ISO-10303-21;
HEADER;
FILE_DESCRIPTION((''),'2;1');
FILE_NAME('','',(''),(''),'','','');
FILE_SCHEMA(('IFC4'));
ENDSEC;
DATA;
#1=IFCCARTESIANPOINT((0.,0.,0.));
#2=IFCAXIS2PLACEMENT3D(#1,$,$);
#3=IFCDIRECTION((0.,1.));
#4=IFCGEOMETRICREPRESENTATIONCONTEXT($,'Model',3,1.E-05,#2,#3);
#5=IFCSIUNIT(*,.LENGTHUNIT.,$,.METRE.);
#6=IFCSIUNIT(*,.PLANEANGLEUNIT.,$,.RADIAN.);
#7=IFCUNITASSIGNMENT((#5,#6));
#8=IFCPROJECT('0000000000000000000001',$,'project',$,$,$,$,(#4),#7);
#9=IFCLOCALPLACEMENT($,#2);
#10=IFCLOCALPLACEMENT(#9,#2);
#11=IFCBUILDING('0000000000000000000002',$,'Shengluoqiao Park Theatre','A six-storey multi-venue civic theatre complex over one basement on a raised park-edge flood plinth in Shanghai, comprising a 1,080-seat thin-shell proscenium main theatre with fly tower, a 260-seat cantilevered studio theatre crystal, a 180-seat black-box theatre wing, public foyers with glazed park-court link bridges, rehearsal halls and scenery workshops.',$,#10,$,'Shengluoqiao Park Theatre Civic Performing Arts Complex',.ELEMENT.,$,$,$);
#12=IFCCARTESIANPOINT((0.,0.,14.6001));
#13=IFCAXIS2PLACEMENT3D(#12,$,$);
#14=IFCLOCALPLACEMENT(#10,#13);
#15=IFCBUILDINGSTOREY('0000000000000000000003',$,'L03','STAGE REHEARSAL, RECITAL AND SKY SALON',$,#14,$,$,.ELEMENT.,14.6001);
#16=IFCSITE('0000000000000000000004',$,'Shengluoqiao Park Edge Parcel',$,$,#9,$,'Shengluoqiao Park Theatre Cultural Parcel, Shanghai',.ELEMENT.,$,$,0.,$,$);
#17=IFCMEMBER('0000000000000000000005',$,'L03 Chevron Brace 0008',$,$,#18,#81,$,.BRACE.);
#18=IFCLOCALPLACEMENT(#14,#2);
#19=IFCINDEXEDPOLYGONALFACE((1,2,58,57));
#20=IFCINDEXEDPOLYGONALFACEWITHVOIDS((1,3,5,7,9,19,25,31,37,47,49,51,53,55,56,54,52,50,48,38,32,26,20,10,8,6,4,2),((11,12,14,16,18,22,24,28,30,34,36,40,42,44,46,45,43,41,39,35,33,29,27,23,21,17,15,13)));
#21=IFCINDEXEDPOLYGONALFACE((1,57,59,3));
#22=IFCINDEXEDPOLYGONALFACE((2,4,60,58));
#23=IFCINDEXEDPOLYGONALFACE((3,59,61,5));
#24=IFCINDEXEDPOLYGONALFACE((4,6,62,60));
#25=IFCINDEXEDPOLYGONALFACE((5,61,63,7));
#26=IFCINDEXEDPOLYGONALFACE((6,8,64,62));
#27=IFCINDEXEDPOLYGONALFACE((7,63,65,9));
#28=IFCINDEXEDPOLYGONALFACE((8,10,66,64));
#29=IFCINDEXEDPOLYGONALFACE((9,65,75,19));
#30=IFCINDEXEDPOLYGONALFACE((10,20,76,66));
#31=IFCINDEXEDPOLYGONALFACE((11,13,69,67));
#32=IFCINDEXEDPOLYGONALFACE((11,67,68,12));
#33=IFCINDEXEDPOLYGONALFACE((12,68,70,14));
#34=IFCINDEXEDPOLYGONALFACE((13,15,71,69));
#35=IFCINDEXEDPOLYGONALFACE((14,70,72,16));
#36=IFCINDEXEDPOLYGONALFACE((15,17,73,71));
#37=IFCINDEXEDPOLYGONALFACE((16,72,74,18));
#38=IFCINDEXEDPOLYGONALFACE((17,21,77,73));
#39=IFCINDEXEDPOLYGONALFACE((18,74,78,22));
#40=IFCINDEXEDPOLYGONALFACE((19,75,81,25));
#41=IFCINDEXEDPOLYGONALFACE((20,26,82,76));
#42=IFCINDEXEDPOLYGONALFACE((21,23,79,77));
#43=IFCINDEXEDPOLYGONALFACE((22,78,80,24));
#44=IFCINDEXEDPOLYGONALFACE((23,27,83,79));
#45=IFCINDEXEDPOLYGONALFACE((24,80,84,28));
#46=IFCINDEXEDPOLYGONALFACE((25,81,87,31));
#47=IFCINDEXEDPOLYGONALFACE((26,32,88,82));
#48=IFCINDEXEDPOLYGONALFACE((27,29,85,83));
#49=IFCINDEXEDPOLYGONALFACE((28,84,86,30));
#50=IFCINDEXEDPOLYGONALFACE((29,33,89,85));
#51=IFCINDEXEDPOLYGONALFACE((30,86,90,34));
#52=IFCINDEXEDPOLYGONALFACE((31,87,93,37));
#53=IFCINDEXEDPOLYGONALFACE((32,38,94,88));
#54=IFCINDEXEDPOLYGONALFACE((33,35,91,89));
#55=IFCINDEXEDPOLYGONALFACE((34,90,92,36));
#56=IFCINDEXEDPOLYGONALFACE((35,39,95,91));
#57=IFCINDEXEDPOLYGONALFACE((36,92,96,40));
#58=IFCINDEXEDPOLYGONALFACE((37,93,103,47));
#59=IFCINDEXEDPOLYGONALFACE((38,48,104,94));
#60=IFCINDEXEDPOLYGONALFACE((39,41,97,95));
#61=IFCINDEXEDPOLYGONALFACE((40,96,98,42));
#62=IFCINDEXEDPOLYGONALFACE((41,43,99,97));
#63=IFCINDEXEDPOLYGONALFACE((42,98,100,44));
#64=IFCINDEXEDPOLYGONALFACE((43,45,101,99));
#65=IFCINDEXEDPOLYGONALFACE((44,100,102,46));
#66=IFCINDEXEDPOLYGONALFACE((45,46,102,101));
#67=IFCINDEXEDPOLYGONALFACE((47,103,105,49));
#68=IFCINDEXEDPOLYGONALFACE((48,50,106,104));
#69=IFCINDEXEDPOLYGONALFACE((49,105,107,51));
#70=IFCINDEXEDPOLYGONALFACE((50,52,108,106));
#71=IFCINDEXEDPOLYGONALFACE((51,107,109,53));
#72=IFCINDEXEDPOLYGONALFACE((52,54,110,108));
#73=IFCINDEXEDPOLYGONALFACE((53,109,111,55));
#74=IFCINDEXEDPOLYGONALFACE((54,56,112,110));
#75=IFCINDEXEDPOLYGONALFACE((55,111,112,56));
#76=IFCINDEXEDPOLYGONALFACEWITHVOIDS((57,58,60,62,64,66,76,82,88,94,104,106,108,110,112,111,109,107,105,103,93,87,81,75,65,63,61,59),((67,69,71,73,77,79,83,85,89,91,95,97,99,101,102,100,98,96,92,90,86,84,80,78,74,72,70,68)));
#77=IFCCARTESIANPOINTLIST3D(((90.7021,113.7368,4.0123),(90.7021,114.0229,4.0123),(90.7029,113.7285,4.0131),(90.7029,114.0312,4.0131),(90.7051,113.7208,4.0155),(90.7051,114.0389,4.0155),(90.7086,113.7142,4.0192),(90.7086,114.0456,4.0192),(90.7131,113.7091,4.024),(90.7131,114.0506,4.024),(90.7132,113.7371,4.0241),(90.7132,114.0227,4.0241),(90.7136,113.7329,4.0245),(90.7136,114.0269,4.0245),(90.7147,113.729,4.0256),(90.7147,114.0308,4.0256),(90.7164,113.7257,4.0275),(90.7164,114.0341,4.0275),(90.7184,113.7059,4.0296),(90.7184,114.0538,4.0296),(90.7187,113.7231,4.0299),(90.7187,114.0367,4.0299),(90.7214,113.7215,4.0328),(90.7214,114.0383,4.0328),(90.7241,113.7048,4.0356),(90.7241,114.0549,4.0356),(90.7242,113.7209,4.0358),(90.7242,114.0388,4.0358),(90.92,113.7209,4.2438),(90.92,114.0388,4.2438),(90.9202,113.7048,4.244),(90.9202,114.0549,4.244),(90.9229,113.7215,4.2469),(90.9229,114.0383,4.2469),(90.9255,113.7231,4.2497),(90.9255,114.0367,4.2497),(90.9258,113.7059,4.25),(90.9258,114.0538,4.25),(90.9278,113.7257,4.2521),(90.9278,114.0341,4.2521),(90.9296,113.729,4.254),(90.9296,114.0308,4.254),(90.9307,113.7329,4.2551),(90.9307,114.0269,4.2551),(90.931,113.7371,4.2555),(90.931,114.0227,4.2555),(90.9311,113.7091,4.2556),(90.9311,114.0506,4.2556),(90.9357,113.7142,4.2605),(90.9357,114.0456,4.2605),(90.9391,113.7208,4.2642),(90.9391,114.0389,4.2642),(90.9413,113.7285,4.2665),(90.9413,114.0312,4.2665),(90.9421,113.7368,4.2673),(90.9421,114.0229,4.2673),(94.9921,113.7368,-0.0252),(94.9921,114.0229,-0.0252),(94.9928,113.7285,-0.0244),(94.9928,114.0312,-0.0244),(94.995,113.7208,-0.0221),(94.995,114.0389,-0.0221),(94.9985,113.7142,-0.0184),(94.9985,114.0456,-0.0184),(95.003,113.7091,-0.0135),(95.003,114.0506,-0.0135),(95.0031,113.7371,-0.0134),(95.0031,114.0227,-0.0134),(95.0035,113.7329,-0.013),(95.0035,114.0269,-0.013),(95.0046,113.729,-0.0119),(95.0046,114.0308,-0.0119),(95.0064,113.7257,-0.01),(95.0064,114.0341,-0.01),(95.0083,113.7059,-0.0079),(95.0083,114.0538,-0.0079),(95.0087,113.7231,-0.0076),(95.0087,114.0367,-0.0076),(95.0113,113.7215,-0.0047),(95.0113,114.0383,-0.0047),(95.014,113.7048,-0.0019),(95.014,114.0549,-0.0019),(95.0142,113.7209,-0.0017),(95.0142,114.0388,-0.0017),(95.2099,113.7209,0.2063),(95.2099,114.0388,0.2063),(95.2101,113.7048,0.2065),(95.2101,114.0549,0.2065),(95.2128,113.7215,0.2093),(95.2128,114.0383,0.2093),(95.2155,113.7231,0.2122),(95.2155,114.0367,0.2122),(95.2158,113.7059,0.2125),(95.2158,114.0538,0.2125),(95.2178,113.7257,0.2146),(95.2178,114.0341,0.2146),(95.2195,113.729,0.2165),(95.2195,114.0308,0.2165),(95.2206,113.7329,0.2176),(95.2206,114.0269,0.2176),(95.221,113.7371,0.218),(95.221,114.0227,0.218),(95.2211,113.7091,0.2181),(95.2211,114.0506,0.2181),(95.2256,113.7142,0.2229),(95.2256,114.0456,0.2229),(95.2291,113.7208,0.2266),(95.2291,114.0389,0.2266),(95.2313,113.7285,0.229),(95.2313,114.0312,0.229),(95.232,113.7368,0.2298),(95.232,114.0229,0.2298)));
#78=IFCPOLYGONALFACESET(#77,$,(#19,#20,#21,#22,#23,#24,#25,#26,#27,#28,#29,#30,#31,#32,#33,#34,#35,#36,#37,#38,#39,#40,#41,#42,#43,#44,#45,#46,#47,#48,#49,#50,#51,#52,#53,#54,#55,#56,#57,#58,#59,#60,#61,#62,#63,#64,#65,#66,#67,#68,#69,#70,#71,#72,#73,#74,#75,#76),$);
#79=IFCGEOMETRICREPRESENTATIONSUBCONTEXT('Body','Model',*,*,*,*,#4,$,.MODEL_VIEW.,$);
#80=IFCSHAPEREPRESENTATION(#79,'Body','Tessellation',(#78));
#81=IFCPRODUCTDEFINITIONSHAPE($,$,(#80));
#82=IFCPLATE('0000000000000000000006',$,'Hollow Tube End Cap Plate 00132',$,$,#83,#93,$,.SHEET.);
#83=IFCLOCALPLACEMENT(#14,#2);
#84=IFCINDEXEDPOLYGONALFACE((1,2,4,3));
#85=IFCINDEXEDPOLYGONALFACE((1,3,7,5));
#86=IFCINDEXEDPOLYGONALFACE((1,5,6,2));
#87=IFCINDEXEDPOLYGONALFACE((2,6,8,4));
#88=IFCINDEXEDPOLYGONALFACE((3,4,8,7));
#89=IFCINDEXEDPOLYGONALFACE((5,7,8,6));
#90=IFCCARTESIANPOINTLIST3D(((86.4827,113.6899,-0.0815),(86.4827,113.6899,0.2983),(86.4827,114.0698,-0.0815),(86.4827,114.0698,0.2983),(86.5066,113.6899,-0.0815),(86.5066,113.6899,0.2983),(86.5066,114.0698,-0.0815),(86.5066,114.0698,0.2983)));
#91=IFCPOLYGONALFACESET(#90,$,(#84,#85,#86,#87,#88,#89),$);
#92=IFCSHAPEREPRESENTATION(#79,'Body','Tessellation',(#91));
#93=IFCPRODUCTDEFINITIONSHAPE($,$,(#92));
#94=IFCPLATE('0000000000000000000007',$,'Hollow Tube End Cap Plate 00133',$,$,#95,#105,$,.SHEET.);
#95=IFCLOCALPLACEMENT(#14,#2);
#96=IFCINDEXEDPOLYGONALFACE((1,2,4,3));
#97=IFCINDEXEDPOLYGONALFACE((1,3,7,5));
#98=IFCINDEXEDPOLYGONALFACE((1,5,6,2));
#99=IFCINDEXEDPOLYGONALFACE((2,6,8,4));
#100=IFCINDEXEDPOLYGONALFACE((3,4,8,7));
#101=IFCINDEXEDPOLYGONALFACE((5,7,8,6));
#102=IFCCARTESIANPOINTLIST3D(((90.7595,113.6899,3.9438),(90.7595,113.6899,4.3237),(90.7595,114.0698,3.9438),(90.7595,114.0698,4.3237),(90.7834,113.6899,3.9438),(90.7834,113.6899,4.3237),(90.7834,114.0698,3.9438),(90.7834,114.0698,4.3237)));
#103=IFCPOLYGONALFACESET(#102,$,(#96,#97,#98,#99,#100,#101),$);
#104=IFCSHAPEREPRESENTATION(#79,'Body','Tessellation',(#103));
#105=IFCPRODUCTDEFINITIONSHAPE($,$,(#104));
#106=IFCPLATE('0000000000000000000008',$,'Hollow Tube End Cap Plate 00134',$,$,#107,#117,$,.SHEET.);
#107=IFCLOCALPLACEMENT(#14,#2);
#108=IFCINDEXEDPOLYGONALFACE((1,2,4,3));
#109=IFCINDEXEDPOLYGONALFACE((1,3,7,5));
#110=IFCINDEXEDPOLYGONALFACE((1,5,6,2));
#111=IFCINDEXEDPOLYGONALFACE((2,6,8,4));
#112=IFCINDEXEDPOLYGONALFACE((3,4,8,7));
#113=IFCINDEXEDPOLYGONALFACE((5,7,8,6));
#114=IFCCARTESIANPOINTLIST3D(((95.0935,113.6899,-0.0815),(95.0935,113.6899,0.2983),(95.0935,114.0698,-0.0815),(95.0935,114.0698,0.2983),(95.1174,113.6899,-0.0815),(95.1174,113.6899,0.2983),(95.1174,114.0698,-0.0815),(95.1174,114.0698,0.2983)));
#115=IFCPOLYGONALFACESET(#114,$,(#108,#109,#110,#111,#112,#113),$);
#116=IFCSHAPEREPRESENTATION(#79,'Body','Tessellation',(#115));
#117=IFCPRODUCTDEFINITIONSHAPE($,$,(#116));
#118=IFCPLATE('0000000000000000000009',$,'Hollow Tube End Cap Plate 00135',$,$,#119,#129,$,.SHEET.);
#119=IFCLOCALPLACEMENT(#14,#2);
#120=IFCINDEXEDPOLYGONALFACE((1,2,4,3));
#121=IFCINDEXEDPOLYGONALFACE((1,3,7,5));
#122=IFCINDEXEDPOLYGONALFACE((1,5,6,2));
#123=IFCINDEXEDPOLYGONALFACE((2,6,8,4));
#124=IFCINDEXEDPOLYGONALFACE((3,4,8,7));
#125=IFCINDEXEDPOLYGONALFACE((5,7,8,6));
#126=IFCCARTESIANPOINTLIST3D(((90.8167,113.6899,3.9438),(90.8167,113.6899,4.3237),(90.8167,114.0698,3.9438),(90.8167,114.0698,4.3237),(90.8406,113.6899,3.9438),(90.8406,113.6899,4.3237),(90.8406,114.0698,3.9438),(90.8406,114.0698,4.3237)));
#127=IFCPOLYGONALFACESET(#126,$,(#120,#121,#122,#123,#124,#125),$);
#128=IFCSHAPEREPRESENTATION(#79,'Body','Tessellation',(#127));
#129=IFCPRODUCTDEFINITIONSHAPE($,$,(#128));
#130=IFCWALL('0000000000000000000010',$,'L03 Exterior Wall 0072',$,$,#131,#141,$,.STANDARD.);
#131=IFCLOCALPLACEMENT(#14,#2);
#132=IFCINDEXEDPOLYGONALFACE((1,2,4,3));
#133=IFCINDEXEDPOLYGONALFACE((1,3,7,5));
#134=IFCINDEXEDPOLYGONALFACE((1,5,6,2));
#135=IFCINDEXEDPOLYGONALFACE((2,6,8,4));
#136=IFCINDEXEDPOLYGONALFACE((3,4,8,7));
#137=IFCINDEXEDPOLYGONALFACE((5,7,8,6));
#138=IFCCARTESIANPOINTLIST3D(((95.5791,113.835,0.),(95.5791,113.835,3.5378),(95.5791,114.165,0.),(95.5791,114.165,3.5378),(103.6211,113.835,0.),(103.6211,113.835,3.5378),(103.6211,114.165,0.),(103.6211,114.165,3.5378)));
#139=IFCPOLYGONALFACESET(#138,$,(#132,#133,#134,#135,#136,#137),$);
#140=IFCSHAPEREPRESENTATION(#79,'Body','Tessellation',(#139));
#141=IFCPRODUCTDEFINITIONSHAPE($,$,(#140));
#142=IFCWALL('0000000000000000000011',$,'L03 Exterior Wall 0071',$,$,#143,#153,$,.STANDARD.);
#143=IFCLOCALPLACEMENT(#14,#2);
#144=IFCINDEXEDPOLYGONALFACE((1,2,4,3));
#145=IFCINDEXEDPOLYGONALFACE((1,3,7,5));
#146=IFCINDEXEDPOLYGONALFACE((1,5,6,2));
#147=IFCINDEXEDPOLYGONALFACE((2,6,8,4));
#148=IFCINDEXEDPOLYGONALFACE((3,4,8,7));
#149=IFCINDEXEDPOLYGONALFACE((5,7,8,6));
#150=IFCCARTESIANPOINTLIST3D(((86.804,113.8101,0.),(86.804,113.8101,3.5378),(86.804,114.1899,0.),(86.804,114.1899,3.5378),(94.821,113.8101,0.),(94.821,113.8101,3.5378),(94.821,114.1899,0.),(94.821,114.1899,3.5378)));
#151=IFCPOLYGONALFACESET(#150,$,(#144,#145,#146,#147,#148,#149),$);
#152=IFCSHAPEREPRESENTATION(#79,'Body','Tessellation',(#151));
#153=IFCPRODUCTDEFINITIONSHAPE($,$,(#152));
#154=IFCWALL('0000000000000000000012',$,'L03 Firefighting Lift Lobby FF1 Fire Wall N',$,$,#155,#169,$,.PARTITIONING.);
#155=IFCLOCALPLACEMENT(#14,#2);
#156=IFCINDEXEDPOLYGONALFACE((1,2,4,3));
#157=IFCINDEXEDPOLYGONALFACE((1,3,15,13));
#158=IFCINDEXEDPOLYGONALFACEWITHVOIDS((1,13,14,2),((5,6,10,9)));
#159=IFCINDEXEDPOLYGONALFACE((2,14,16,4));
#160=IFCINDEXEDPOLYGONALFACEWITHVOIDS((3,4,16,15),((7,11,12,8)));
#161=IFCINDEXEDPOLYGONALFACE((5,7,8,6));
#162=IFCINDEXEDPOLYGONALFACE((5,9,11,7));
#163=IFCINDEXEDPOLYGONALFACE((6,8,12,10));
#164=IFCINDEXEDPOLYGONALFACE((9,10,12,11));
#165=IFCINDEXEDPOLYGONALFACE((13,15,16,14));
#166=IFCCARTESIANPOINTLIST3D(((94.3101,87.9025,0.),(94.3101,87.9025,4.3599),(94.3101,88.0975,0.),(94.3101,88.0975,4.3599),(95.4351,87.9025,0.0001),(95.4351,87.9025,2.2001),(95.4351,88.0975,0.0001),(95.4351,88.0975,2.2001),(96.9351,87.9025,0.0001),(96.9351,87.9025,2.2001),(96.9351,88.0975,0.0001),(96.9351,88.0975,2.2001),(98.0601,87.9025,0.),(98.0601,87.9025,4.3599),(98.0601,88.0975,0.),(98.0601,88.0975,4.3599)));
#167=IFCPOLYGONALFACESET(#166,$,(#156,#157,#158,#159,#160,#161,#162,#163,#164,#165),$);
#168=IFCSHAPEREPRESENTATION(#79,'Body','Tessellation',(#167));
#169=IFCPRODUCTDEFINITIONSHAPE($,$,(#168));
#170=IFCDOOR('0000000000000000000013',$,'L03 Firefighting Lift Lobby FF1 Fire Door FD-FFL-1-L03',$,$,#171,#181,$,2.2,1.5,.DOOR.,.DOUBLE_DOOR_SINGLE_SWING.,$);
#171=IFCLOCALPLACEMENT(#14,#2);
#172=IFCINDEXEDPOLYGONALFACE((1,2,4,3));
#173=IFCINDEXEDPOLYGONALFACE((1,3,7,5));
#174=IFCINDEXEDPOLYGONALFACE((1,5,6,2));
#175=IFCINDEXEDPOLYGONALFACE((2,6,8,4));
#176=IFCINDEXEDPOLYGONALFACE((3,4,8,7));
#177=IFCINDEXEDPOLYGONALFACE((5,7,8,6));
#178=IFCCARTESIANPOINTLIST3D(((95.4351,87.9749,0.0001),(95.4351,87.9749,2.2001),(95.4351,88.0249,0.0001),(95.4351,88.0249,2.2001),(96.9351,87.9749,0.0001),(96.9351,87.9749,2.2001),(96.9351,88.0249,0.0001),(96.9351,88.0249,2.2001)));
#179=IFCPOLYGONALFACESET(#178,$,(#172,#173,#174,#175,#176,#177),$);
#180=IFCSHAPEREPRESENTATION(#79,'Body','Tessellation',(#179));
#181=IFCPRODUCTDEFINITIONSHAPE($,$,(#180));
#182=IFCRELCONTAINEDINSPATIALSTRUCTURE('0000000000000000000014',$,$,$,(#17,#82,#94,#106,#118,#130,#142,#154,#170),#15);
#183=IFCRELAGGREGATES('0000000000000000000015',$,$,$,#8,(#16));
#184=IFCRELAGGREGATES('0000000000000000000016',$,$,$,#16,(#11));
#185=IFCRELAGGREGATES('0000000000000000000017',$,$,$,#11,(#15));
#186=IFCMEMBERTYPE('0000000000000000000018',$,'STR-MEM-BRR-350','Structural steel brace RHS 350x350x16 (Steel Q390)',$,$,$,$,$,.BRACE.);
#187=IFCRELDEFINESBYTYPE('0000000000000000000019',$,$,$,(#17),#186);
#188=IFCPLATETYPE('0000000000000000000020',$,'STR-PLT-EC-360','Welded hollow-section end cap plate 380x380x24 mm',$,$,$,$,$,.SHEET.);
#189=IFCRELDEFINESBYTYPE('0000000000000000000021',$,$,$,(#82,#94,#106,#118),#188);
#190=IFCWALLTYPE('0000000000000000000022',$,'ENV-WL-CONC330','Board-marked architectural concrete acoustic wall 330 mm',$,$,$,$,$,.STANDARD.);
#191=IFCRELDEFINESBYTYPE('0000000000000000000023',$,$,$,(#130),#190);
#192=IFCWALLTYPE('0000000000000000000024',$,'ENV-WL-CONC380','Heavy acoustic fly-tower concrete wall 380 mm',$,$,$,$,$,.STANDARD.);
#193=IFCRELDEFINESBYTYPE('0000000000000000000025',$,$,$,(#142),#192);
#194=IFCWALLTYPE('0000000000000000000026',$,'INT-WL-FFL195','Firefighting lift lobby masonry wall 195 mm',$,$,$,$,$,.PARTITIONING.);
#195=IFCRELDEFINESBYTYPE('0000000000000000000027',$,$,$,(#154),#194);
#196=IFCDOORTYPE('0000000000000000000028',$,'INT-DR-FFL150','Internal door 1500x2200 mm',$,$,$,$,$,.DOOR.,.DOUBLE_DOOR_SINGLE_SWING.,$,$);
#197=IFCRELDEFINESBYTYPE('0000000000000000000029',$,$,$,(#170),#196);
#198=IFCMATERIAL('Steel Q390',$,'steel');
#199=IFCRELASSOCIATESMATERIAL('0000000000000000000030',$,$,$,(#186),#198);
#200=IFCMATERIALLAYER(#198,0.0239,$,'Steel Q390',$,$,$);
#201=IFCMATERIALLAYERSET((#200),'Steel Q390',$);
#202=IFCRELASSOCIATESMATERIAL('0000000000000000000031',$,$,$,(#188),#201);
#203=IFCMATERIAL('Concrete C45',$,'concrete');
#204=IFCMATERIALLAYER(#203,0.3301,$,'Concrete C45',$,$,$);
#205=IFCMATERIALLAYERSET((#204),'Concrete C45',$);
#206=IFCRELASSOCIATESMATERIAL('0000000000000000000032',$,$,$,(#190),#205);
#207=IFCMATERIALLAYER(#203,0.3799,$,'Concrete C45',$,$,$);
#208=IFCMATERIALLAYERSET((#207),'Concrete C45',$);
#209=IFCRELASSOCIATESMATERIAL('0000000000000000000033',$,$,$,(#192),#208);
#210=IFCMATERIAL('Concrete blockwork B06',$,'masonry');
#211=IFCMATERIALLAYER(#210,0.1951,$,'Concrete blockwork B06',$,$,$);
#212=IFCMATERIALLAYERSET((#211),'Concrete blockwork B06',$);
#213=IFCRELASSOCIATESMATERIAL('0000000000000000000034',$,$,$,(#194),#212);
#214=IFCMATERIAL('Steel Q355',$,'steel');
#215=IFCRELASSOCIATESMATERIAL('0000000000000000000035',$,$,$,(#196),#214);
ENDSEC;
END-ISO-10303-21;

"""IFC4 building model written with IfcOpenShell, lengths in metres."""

from ifc_helpers import new_model, si_unit, direction, frame, frame_2d, origin, origin_2d, place, context, subcontext, project, spatial, rectangle, hollow_rectangle, extrude, material, layer, layer_set, material_profile, profile_set, type_object, element, fill, save


model = new_model("IFC4")

# Units and contexts
model_context = context("Model", 3, precision=1e-05, world=origin(), true_north=direction((0.0, 1.0)))
body_context = subcontext(model_context, "Body", "Model", "MODEL_VIEW")
ifc_project = project(units=[si_unit("LENGTHUNIT", "METRE"), si_unit("PLANEANGLEUNIT", "RADIAN")], contexts=[model_context])

# Site, building, storey
site_placement = place(None, origin())
site = spatial("IfcSite", under=ifc_project, at=site_placement, Name="Shengluoqiao Park Edge Parcel", LongName="Shengluoqiao Park Theatre Cultural Parcel, Shanghai", CompositionType="ELEMENT", RefElevation=0.0)
building_placement = place(site_placement, origin())
building = spatial("IfcBuilding", under=site, at=building_placement, Name="Shengluoqiao Park Theatre", Description="A six-storey multi-venue civic theatre complex over one basement on a raised park-edge flood plinth in Shanghai, comprising a 1,080-seat thin-shell proscenium main theatre with fly tower, a 260-seat cantilevered studio theatre crystal, a 180-seat black-box theatre wing, public foyers with glazed park-court link bridges, rehearsal halls and scenery workshops.", LongName="Shengluoqiao Park Theatre Civic Performing Arts Complex", CompositionType="ELEMENT")
storey_placement = place(building_placement, frame((0.0, 0.0, 14.6001)))
storey = spatial("IfcBuildingStorey", under=building, at=storey_placement, Name="L03", Description="STAGE REHEARSAL, RECITAL AND SKY SALON", CompositionType="ELEMENT", Elevation=14.6001)

# Shared definitions
ifc_material_1 = material(Name="Steel Q355", Category="steel")
ifc_material_2 = material(Name="Steel Q390", Category="steel")

# Member
ifc_material_profile_1 = material_profile(ifc_material_2, hollow_rectangle(XDim=0.3501, YDim=0.3501, WallThickness=0.0161, InnerFilletRadius=0.0161, OuterFilletRadius=0.032, at=origin_2d()), Name="RHS 350x350x16")
ifc_profile_set_1 = profile_set([ifc_material_profile_1], Name="Steel Q390")
member_type = type_object("IfcMemberType", Name="STR-MEM-BRR-350", Description="Structural steel brace RHS 350x350x16 (Steel Q390)", PredefinedType="BRACE", material=ifc_profile_set_1)
member_placement = place(storey_placement, frame((95.1121, 113.8799, 0.1023), z_axis=(-0.728207, 0.0, 0.685357), x_axis=(0.0, -1.0, 0.0)))
element("IfcMember", 1, at=member_placement, inside=storey, type_object=member_type, Name="L03 Chevron Brace 0008", PredefinedType="BRACE", context=body_context, shape_type="SweptSolid", body=[
    extrude(hollow_rectangle(XDim=0.3501, YDim=0.3501, WallThickness=0.0161, InnerFilletRadius=0.0161, OuterFilletRadius=0.032, at=origin_2d()), origin(), (0.0, 0.0, 1.0), 5.8911),
])

# Plates
ifc_layer_1 = layer(ifc_material_2, 0.0239, Name="Steel Q390")
ifc_layer_set_1 = layer_set([ifc_layer_1], Name="Steel Q390")
plate_type = type_object("IfcPlateType", Name="STR-PLT-EC-360", Description="Welded hollow-section end cap plate 380x380x24 mm", PredefinedType="SHEET", material=ifc_layer_set_1)
for number, where, z_axis, x_axis, name in (
    (2, (86.4946, 113.8799, -0.0815), (0.0, 0.0, 1.0), (1.0, 0.0, 0.0), "Hollow Tube End Cap Plate 00132"),
    (3, (90.7715, 113.8799, 3.9438), (0.0, 0.0, 1.0), (1.0, 0.0, 0.0), "Hollow Tube End Cap Plate 00133"),
    (4, (95.1055, 113.8799, -0.0815), (0.0, 0.0, 1.0), (-1.0, 0.0, 0.0), "Hollow Tube End Cap Plate 00134"),
    (5, (90.8286, 113.8799, 3.9438), (0.0, 0.0, 1.0), (-1.0, 0.0, 0.0), "Hollow Tube End Cap Plate 00135"),
):
    element("IfcPlate", number, at=place(storey_placement, frame(where, z_axis=z_axis, x_axis=x_axis)), inside=storey, type_object=plate_type, Name=name, PredefinedType="SHEET", context=body_context, shape_type="SweptSolid", body=[
        extrude(rectangle(XDim=0.0239, YDim=0.3799, at=origin_2d()), origin(), (0.0, 0.0, 1.0), 0.3799),
    ])

# Walls
ifc_material_3 = material(Name="Concrete C45", Category="concrete")
ifc_layer_2 = layer(ifc_material_3, 0.3301, Name="Concrete C45")
ifc_layer_set_2 = layer_set([ifc_layer_2], Name="Concrete C45")
wall_type_1 = type_object("IfcWallType", Name="ENV-WL-CONC330", Description="Board-marked architectural concrete acoustic wall 330 mm", PredefinedType="STANDARD", material=ifc_layer_set_2)
wall_1_placement = place(storey_placement, frame((95.5791, 114.0, 0.0), z_axis=(0.0, 0.0, 1.0), x_axis=(1.0, 0.0, 0.0)))
element("IfcWall", 6, at=wall_1_placement, inside=storey, type_object=wall_type_1, Name="L03 Exterior Wall 0072", PredefinedType="STANDARD", context=body_context, shape_type="SweptSolid", body=[
    extrude(rectangle(XDim=8.042, YDim=0.3301, at=frame_2d((4.021, 0.0))), origin(), (0.0, 0.0, 1.0), 3.5378),
])
ifc_layer_3 = layer(ifc_material_3, 0.3799, Name="Concrete C45")
ifc_layer_set_3 = layer_set([ifc_layer_3], Name="Concrete C45")
wall_type_2 = type_object("IfcWallType", Name="ENV-WL-CONC380", Description="Heavy acoustic fly-tower concrete wall 380 mm", PredefinedType="STANDARD", material=ifc_layer_set_3)
wall_2_placement = place(storey_placement, frame((86.804, 114.0, 0.0), z_axis=(0.0, 0.0, 1.0), x_axis=(1.0, 0.0, 0.0)))
element("IfcWall", 7, at=wall_2_placement, inside=storey, type_object=wall_type_2, Name="L03 Exterior Wall 0071", PredefinedType="STANDARD", context=body_context, shape_type="SweptSolid", body=[
    extrude(rectangle(XDim=8.0171, YDim=0.3799, at=frame_2d((4.0085, 0.0))), origin(), (0.0, 0.0, 1.0), 3.5378),
])

# Wall, opening, door
ifc_material_4 = material(Name="Concrete blockwork B06", Category="masonry")
ifc_layer_4 = layer(ifc_material_4, 0.1951, Name="Concrete blockwork B06")
ifc_layer_set_4 = layer_set([ifc_layer_4], Name="Concrete blockwork B06")
wall_type_3 = type_object("IfcWallType", Name="INT-WL-FFL195", Description="Firefighting lift lobby masonry wall 195 mm", PredefinedType="PARTITIONING", material=ifc_layer_set_4)
wall_3_placement = place(storey_placement, frame((94.3101, 88.0, 0.0), z_axis=(0.0, 0.0, 1.0), x_axis=(1.0, 0.0, 0.0)))
wall_3 = element("IfcWall", 8, at=wall_3_placement, inside=storey, type_object=wall_type_3, Name="L03 Firefighting Lift Lobby FF1 Fire Wall N", PredefinedType="PARTITIONING", context=body_context, shape_type="SweptSolid", body=[
    extrude(rectangle(XDim=3.75, YDim=0.1951, at=frame_2d((1.875, 0.0))), origin(), (0.0, 0.0, 1.0), 4.3599),
])
opening_placement = place(wall_3_placement, frame((1.125, 0.0, 0.0)))
opening = element("IfcOpeningElement", 9, at=opening_placement, cuts=wall_3, PredefinedType="OPENING", context=body_context, shape_type="SweptSolid", body=[
    extrude(rectangle(XDim=1.5, YDim=2.2, at=frame_2d((0.75, 1.1001))), frame((0.0, 0.1074, 0.0), z_axis=(0.0, -1.0, 0.0), x_axis=(1.0, 0.0, 0.0)), (0.0, 0.0, 1.0), 0.2151),
])
door_type = type_object("IfcDoorType", Name="INT-DR-FFL150", Description="Internal door 1500x2200 mm", OperationType="DOUBLE_DOOR_SINGLE_SWING", PredefinedType="DOOR", material=ifc_material_1)
door_placement = place(opening_placement, origin())
door = element("IfcDoor", 10, at=door_placement, inside=storey, type_object=door_type, Name="L03 Firefighting Lift Lobby FF1 Fire Door FD-FFL-1-L03", OperationType="DOUBLE_DOOR_SINGLE_SWING", OverallHeight=2.2, OverallWidth=1.5, PredefinedType="DOOR", context=body_context, shape_type="SweptSolid", body=[
    extrude(rectangle(XDim=1.5, YDim=2.2, at=frame_2d((0.75, 1.1001))), frame((0.0, 0.0249, 0.0), z_axis=(0.0, -1.0, 0.0), x_axis=(1.0, 0.0, 0.0)), (0.0, 0.0, 1.0), 0.05),
])
fill(opening, door)

save(model, "model.ifc")
